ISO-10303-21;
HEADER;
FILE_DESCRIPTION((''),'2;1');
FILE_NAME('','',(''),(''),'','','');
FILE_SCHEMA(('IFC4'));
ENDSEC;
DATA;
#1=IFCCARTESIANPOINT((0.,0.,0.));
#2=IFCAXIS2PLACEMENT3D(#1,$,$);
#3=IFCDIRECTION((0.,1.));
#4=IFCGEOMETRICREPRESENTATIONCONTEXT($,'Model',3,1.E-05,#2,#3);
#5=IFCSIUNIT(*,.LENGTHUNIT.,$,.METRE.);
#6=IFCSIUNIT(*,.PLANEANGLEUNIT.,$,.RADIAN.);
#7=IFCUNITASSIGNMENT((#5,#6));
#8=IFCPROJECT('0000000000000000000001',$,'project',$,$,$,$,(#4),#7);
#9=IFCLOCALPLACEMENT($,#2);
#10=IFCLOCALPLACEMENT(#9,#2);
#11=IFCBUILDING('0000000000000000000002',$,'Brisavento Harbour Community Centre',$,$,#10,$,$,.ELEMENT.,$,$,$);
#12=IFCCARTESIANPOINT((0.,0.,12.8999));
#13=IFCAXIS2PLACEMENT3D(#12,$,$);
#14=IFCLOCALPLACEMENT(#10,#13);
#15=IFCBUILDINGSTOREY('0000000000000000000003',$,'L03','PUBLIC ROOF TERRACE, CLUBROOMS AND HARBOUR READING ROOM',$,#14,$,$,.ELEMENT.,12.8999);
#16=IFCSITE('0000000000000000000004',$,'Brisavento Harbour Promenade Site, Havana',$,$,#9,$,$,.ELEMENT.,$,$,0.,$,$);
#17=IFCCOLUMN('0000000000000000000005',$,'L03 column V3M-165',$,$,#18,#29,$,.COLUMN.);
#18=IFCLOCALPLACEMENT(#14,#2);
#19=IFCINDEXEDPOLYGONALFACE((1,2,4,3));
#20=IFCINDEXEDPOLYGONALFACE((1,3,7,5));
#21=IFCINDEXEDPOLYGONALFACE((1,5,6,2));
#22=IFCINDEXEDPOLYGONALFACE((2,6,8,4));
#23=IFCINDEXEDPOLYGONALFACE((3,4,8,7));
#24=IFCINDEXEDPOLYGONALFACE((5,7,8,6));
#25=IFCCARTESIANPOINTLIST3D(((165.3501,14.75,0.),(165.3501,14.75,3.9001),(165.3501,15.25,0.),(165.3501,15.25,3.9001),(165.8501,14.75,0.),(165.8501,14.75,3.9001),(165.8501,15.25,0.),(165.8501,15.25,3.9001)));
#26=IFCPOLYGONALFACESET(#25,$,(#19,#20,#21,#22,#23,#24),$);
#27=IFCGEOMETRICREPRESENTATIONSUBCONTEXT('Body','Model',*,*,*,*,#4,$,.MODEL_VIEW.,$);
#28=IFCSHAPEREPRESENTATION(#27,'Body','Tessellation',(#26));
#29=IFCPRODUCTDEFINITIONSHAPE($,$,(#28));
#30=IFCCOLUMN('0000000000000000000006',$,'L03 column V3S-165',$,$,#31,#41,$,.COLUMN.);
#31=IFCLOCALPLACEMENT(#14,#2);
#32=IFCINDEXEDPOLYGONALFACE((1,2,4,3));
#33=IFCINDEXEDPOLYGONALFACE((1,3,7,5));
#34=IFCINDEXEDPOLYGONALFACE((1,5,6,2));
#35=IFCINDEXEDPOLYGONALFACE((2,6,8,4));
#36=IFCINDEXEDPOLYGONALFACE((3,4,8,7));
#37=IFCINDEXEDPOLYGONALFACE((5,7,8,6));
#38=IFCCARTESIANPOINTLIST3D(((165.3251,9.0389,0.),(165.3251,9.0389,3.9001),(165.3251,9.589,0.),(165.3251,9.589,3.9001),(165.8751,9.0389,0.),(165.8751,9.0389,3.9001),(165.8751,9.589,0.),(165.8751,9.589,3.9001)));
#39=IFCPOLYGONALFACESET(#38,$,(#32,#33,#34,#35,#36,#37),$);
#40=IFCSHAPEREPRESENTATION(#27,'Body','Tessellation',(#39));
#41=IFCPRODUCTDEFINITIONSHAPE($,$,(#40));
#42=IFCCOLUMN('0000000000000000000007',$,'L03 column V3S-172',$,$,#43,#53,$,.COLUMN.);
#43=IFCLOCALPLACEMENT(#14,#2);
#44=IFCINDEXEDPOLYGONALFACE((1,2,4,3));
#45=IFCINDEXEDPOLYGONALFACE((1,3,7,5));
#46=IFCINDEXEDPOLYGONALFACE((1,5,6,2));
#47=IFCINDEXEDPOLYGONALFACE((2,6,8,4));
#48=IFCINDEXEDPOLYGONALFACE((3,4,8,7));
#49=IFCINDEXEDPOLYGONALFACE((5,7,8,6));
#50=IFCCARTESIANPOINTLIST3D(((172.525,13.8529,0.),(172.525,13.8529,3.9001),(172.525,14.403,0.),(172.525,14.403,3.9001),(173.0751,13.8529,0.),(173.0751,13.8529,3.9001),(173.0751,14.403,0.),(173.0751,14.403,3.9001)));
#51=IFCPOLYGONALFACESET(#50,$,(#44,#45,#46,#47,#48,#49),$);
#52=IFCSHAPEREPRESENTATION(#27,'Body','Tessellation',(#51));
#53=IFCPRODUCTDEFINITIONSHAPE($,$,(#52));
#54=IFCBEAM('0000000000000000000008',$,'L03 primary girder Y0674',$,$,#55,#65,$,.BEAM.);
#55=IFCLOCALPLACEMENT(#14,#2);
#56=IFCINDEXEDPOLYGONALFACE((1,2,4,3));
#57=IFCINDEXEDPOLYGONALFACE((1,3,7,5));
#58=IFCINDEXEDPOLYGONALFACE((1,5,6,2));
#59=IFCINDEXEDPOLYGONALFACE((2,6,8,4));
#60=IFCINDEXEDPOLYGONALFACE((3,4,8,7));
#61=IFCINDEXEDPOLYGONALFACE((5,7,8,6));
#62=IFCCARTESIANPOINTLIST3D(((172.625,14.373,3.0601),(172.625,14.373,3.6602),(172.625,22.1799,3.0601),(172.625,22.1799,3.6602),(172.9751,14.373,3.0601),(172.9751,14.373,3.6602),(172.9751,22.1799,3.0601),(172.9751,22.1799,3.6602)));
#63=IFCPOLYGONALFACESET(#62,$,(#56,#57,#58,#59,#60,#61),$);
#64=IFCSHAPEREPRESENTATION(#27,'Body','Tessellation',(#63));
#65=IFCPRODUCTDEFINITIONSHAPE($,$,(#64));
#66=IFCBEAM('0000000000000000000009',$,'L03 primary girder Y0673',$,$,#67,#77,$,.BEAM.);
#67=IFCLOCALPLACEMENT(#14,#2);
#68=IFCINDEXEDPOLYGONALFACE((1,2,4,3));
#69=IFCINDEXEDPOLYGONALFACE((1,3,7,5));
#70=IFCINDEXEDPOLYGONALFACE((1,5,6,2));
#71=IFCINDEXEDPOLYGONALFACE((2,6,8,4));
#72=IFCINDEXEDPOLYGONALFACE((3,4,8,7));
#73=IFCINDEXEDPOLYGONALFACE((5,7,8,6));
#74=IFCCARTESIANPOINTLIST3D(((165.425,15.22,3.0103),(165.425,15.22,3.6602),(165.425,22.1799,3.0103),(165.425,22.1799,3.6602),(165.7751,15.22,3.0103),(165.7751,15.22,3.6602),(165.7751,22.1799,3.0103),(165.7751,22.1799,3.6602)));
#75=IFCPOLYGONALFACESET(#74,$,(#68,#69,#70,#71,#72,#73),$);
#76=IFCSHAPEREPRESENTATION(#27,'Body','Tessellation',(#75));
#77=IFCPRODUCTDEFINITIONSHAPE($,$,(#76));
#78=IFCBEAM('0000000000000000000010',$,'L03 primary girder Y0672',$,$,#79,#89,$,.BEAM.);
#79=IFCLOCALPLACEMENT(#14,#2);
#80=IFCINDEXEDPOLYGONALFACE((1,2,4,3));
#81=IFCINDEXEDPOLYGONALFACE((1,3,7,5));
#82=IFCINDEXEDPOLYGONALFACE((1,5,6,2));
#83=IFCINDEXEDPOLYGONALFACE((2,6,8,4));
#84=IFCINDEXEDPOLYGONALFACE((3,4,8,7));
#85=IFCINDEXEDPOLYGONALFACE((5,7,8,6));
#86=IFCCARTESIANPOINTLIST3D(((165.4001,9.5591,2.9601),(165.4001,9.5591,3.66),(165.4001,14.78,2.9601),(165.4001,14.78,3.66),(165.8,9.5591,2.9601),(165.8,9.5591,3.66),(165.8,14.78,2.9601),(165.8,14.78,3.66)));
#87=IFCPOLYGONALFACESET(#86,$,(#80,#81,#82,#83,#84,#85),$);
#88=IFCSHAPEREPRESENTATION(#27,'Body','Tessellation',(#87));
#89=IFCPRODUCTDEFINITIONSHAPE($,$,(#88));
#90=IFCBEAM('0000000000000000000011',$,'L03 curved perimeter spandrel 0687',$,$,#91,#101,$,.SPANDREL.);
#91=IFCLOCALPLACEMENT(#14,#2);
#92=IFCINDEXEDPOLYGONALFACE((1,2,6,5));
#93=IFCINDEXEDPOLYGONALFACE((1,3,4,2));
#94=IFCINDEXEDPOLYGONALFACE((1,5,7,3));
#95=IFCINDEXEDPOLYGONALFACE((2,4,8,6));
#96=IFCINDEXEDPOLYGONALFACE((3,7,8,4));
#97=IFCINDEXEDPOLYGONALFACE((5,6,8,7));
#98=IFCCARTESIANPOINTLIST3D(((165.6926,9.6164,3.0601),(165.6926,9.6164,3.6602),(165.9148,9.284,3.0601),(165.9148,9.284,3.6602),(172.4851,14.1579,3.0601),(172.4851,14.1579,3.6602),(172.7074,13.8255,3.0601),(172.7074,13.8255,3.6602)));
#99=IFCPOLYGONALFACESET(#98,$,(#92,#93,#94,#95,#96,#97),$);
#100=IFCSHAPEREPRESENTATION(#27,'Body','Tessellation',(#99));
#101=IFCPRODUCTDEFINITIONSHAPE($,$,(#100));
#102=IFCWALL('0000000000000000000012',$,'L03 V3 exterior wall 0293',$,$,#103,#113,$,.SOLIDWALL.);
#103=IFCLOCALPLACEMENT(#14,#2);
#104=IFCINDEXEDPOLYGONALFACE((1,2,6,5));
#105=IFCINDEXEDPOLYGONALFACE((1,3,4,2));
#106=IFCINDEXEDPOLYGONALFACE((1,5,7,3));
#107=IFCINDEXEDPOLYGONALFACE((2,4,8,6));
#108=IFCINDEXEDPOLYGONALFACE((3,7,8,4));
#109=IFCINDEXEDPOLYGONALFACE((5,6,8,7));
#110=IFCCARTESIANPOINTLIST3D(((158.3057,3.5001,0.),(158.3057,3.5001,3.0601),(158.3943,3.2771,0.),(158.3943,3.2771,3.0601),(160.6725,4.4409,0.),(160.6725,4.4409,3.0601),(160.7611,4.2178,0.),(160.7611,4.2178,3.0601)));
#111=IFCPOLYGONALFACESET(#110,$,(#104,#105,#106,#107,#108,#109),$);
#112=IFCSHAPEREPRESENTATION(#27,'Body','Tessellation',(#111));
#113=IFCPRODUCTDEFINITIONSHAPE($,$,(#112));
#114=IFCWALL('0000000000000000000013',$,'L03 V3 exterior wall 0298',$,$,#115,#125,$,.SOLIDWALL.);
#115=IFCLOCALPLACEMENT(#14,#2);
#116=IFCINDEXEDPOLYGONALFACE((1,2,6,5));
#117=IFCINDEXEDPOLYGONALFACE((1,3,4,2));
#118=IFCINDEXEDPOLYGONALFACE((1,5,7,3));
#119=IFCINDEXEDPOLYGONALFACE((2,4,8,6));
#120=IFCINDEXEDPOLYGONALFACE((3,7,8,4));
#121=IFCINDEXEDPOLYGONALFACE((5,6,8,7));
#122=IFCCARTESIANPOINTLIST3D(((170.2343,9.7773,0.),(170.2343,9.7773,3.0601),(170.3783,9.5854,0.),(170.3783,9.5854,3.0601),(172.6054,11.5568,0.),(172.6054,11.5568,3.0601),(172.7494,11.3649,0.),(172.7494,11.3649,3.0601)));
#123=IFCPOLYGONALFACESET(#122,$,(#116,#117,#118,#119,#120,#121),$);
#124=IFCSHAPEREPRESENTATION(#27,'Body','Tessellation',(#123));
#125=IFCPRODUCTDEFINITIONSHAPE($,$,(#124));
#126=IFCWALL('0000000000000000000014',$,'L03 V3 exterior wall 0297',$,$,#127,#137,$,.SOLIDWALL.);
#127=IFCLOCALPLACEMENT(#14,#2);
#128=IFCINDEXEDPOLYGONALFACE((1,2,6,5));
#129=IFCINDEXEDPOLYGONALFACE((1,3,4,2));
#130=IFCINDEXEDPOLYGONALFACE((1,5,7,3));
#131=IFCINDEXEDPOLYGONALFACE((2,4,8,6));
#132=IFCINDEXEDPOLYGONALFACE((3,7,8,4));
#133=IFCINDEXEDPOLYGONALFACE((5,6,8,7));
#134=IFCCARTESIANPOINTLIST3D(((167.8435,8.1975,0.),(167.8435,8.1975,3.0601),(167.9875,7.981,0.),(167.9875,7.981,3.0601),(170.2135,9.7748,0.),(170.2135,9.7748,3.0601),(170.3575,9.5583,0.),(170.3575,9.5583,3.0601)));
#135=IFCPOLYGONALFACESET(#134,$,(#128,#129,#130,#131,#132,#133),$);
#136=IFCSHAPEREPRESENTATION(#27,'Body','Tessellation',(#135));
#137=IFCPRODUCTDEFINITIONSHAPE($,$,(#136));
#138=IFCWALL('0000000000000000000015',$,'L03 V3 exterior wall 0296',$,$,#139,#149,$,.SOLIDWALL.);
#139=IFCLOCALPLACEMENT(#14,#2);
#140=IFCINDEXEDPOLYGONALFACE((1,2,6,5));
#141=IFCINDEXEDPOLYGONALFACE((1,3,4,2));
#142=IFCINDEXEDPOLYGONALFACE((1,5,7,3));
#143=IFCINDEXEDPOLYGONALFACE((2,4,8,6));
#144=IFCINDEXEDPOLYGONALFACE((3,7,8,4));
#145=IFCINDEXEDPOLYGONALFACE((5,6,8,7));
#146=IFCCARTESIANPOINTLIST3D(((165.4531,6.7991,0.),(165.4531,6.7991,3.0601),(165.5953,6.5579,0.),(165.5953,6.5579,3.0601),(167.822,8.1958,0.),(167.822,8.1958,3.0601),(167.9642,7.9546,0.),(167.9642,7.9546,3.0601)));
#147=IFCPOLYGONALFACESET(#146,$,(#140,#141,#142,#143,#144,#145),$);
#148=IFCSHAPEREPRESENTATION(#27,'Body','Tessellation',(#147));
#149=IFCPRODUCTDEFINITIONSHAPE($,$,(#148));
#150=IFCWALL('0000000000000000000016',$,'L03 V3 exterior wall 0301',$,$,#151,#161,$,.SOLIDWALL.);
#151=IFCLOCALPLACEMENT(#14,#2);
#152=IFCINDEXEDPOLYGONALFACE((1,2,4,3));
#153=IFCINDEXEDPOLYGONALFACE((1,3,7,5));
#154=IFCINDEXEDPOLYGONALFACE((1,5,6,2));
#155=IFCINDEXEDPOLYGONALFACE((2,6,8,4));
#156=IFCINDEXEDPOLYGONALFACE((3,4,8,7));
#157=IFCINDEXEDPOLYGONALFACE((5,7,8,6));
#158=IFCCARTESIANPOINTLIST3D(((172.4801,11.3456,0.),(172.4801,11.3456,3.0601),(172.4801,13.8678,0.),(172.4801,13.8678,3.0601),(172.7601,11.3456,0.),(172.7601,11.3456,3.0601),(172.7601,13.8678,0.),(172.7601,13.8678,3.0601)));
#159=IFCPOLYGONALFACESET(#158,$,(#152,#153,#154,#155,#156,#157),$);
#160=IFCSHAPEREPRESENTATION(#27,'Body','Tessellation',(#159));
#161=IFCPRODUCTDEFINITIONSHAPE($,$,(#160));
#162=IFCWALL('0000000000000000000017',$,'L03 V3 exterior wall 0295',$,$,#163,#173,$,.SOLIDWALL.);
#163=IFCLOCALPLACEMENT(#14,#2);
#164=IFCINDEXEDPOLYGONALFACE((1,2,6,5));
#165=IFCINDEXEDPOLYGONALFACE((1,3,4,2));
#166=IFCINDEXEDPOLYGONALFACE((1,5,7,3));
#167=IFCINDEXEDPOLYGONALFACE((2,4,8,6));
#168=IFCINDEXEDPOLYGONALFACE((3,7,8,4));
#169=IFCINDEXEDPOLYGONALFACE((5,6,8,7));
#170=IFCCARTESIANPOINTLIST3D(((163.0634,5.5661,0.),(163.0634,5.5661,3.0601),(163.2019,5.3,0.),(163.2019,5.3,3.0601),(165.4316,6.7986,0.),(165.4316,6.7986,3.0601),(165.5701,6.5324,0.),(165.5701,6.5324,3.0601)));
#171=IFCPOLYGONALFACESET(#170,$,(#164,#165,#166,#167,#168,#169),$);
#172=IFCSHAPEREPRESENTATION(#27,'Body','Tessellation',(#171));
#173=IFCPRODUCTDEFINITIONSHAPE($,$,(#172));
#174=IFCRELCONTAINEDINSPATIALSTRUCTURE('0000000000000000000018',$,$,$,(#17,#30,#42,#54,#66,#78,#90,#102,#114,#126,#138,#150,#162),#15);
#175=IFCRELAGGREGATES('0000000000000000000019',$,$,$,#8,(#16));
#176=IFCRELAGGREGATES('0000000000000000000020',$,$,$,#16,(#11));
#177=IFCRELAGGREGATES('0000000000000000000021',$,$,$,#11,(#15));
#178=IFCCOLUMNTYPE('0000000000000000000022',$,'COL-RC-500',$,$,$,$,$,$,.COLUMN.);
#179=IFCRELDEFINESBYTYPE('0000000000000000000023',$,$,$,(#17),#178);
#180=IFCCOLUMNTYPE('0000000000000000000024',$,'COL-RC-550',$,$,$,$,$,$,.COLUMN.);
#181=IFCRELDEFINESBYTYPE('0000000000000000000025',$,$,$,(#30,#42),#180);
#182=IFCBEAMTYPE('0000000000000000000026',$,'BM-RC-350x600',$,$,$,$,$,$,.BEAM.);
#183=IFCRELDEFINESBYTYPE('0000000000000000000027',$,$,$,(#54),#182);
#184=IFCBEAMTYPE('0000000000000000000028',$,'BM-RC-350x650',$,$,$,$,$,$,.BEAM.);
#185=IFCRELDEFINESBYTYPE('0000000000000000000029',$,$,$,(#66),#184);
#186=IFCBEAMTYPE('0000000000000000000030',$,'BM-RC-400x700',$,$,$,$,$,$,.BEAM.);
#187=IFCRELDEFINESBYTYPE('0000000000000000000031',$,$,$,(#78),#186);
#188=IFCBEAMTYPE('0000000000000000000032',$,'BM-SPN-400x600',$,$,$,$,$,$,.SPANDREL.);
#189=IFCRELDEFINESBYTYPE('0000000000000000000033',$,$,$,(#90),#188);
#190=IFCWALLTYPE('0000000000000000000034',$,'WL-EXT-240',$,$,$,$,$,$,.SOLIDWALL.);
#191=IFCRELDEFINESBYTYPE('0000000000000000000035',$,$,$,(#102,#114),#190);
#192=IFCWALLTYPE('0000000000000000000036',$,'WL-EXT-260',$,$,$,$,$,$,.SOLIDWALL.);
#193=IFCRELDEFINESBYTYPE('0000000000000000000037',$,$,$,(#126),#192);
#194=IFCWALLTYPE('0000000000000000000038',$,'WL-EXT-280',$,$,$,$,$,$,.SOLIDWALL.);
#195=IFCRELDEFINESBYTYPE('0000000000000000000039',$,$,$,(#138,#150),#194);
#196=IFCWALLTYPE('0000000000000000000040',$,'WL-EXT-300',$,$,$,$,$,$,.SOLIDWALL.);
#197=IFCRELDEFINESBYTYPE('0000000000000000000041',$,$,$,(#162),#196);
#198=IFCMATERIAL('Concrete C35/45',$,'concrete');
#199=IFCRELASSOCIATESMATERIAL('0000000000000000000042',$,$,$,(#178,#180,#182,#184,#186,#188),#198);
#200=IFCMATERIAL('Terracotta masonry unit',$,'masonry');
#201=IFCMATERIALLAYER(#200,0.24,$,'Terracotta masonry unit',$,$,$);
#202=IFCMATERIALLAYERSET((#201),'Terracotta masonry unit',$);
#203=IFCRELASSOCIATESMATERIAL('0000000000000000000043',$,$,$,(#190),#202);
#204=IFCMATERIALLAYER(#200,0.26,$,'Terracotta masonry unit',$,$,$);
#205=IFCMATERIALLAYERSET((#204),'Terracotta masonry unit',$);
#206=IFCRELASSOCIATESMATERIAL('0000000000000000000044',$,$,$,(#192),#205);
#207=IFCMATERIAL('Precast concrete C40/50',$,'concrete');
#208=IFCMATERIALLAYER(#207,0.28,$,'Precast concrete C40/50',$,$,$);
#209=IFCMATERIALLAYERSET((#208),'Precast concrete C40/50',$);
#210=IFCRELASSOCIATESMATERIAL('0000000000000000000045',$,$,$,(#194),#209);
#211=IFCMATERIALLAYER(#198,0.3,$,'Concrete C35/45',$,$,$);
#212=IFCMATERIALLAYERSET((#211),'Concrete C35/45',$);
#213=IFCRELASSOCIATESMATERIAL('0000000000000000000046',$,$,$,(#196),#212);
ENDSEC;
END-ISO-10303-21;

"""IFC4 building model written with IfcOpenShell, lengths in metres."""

from ifc_helpers import new_model, si_unit, direction, frame, frame_2d, origin, origin_2d, place, context, subcontext, project, spatial, rectangle, extrude, material, layer, layer_set, material_profile, profile_set, type_object, element, save


model = new_model("IFC4")

# Units and contexts
model_context = context("Model", 3, precision=1e-05, world=origin(), true_north=direction((0.0, 1.0)))
body_context = subcontext(model_context, "Body", "Model", "MODEL_VIEW")
ifc_project = project(units=[si_unit("LENGTHUNIT", "METRE"), si_unit("PLANEANGLEUNIT", "RADIAN")], contexts=[model_context])

# Site, building, storey
site_placement = place(None, origin())
site = spatial("IfcSite", under=ifc_project, at=site_placement, Name="Brisavento Harbour Promenade Site, Havana", CompositionType="ELEMENT", RefElevation=0.0)
building_placement = place(site_placement, origin())
building = spatial("IfcBuilding", under=site, at=building_placement, Name="Brisavento Harbour Community Centre", CompositionType="ELEMENT")
storey_placement = place(building_placement, frame((0.0, 0.0, 12.8999)))
storey = spatial("IfcBuildingStorey", under=building, at=storey_placement, Name="L03", Description="PUBLIC ROOF TERRACE, CLUBROOMS AND HARBOUR READING ROOM", CompositionType="ELEMENT", Elevation=12.8999)

# Columns
ifc_material_1 = material(Name="Concrete C35/45", Category="concrete")
ifc_material_profile_1 = material_profile(ifc_material_1, rectangle(XDim=0.5, YDim=0.5, at=origin_2d()), Name="Concrete C35/45")
ifc_profile_set_1 = profile_set([ifc_material_profile_1], Name="Concrete C35/45")
column_type_1 = type_object("IfcColumnType", Name="COL-RC-500", PredefinedType="COLUMN", material=ifc_profile_set_1)
column_placement = place(storey_placement, frame((165.6001, 15.0, 0.0), z_axis=(0.0, 0.0, 1.0), x_axis=(1.0, 0.0, 0.0)))
element("IfcColumn", 1, at=column_placement, inside=storey, type_object=column_type_1, Name="L03 column V3M-165", PredefinedType="COLUMN", context=body_context, shape_type="SweptSolid", body=[
    extrude(rectangle(XDim=0.5, YDim=0.5, at=origin_2d()), origin(), (0.0, 0.0, 1.0), 3.9001),
])
ifc_material_profile_2 = material_profile(ifc_material_1, rectangle(XDim=0.55, YDim=0.55, at=origin_2d()), Name="Concrete C35/45")
ifc_profile_set_2 = profile_set([ifc_material_profile_2], Name="Concrete C35/45")
column_type_2 = type_object("IfcColumnType", Name="COL-RC-550", PredefinedType="COLUMN", material=ifc_profile_set_2)
for number, where, z_axis, x_axis, name in (
    (2, (165.6001, 9.314, 0.0), (0.0, 0.0, 1.0), (1.0, 0.0, 0.0), "L03 column V3S-165"),
    (3, (172.8, 14.1279, 0.0), (0.0, 0.0, 1.0), (1.0, 0.0, 0.0), "L03 column V3S-172"),
):
    element("IfcColumn", number, at=place(storey_placement, frame(where, z_axis=z_axis, x_axis=x_axis)), inside=storey, type_object=column_type_2, Name=name, PredefinedType="COLUMN", context=body_context, shape_type="SweptSolid", body=[
        extrude(rectangle(XDim=0.55, YDim=0.55, at=origin_2d()), origin(), (0.0, 0.0, 1.0), 3.9001),
    ])

# Beams
ifc_material_profile_3 = material_profile(ifc_material_1, rectangle(XDim=0.3501, YDim=0.6001, at=origin_2d()), Name="Concrete C35/45")
ifc_profile_set_3 = profile_set([ifc_material_profile_3], Name="Concrete C35/45")
beam_type_1 = type_object("IfcBeamType", Name="BM-RC-350x600", PredefinedType="BEAM", material=ifc_profile_set_3)
beam_1_placement = place(storey_placement, frame((172.8, 14.373, 3.3601), z_axis=(0.0, 1.0, 0.0), x_axis=(-1.0, 0.0, 0.0)))
element("IfcBeam", 4, at=beam_1_placement, inside=storey, type_object=beam_type_1, Name="L03 primary girder Y0674", PredefinedType="BEAM", context=body_context, shape_type="SweptSolid", body=[
    extrude(rectangle(XDim=0.3501, YDim=0.6001, at=origin_2d()), origin(), (0.0, 0.0, 1.0), 7.8069),
])
ifc_material_profile_4 = material_profile(ifc_material_1, rectangle(XDim=0.3501, YDim=0.6499, at=origin_2d()), Name="Concrete C35/45")
ifc_profile_set_4 = profile_set([ifc_material_profile_4], Name="Concrete C35/45")
beam_type_2 = type_object("IfcBeamType", Name="BM-RC-350x650", PredefinedType="BEAM", material=ifc_profile_set_4)
beam_2_placement = place(storey_placement, frame((165.6001, 15.22, 3.3352), z_axis=(0.0, 1.0, 0.0), x_axis=(-1.0, 0.0, 0.0)))
element("IfcBeam", 5, at=beam_2_placement, inside=storey, type_object=beam_type_2, Name="L03 primary girder Y0673", PredefinedType="BEAM", context=body_context, shape_type="SweptSolid", body=[
    extrude(rectangle(XDim=0.3501, YDim=0.6499, at=origin_2d()), origin(), (0.0, 0.0, 1.0), 6.96),
])
ifc_material_profile_5 = material_profile(ifc_material_1, rectangle(XDim=0.3999, YDim=0.7, at=origin_2d()), Name="Concrete C35/45")
ifc_profile_set_5 = profile_set([ifc_material_profile_5], Name="Concrete C35/45")
beam_type_3 = type_object("IfcBeamType", Name="BM-RC-400x700", PredefinedType="BEAM", material=ifc_profile_set_5)
beam_3_placement = place(storey_placement, frame((165.6001, 9.5591, 3.3101), z_axis=(0.0, 1.0, 0.0), x_axis=(-1.0, 0.0, 0.0)))
element("IfcBeam", 6, at=beam_3_placement, inside=storey, type_object=beam_type_3, Name="L03 primary girder Y0672", PredefinedType="BEAM", context=body_context, shape_type="SweptSolid", body=[
    extrude(rectangle(XDim=0.3999, YDim=0.7, at=origin_2d()), origin(), (0.0, 0.0, 1.0), 5.2209),
])
ifc_material_profile_6 = material_profile(ifc_material_1, rectangle(XDim=0.3999, YDim=0.6001, at=origin_2d()), Name="Concrete C35/45")
ifc_profile_set_6 = profile_set([ifc_material_profile_6], Name="Concrete C35/45")
beam_type_4 = type_object("IfcBeamType", Name="BM-SPN-400x600", PredefinedType="SPANDREL", material=ifc_profile_set_6)
beam_4_placement = place(storey_placement, frame((165.8037, 9.4502, 3.3601), z_axis=(0.831305, 0.555817, 0.0), x_axis=(-0.555817, 0.831305, 0.0)))
element("IfcBeam", 7, at=beam_4_placement, inside=storey, type_object=beam_type_4, Name="L03 curved perimeter spandrel 0687", PredefinedType="SPANDREL", context=body_context, shape_type="SweptSolid", body=[
    extrude(rectangle(XDim=0.3999, YDim=0.6001, at=origin_2d()), origin(), (0.0, 0.0, 1.0), 8.1709),
])

# Walls
ifc_material_2 = material(Name="Terracotta masonry unit", Category="masonry")
ifc_layer_1 = layer(ifc_material_2, 0.24, Name="Terracotta masonry unit")
ifc_layer_set_1 = layer_set([ifc_layer_1], Name="Terracotta masonry unit")
wall_type_1 = type_object("IfcWallType", Name="WL-EXT-240", PredefinedType="SOLIDWALL", material=ifc_layer_set_1)
wall_1_placement = place(storey_placement, frame((160.7168, 4.3293, 0.0), z_axis=(0.0, 0.0, 1.0), x_axis=(-0.929288, -0.369357, 0.0)))
element("IfcWall", 8, at=wall_1_placement, inside=storey, type_object=wall_type_1, Name="L03 V3 exterior wall 0293", PredefinedType="SOLIDWALL", context=body_context, shape_type="SweptSolid", body=[
    extrude(rectangle(XDim=2.5469, YDim=0.24, at=frame_2d((1.2734, 0.0))), origin(), (0.0, 0.0, 1.0), 3.0601),
])
wall_2_placement = place(storey_placement, frame((172.6775, 11.4609, 0.0), z_axis=(0.0, 0.0, 1.0), x_axis=(-0.799802, -0.600263, 0.0)))
element("IfcWall", 9, at=wall_2_placement, inside=storey, type_object=wall_type_1, Name="L03 V3 exterior wall 0298", PredefinedType="SOLIDWALL", context=body_context, shape_type="SweptSolid", body=[
    extrude(rectangle(XDim=2.9646, YDim=0.24, at=frame_2d((1.4824, 0.0))), origin(), (0.0, 0.0, 1.0), 3.0601),
])
ifc_layer_2 = layer(ifc_material_2, 0.26, Name="Terracotta masonry unit")
ifc_layer_set_2 = layer_set([ifc_layer_2], Name="Terracotta masonry unit")
wall_type_2 = type_object("IfcWallType", Name="WL-EXT-260", PredefinedType="SOLIDWALL", material=ifc_layer_set_2)
wall_3_placement = place(storey_placement, frame((170.2854, 9.6665, 0.0), z_axis=(0.0, 0.0, 1.0), x_axis=(-0.832485, -0.554047, 0.0)))
element("IfcWall", 10, at=wall_3_placement, inside=storey, type_object=wall_type_2, Name="L03 V3 exterior wall 0297", PredefinedType="SOLIDWALL", context=body_context, shape_type="SweptSolid", body=[
    extrude(rectangle(XDim=2.8469, YDim=0.26, at=frame_2d((1.4233, 0.0))), origin(), (0.0, 0.0, 1.0), 3.0601),
])
ifc_material_3 = material(Name="Precast concrete C40/50", Category="concrete")
ifc_layer_3 = layer(ifc_material_3, 0.28, Name="Precast concrete C40/50")
ifc_layer_set_3 = layer_set([ifc_layer_3], Name="Precast concrete C40/50")
wall_type_3 = type_object("IfcWallType", Name="WL-EXT-280", PredefinedType="SOLIDWALL", material=ifc_layer_set_3)
wall_4_placement = place(storey_placement, frame((167.8931, 8.0752, 0.0), z_axis=(0.0, 0.0, 1.0), x_axis=(-0.861416, -0.507901, 0.0)))
element("IfcWall", 11, at=wall_4_placement, inside=storey, type_object=wall_type_3, Name="L03 V3 exterior wall 0296", PredefinedType="SOLIDWALL", context=body_context, shape_type="SweptSolid", body=[
    extrude(rectangle(XDim=2.75, YDim=0.28, at=frame_2d((1.375, 0.0))), origin(), (0.0, 0.0, 1.0), 3.0601),
])
wall_5_placement = place(storey_placement, frame((172.6201, 13.8679, 0.0), z_axis=(0.0, 0.0, 1.0), x_axis=(0.0, -1.0, 0.0)))
element("IfcWall", 12, at=wall_5_placement, inside=storey, type_object=wall_type_3, Name="L03 V3 exterior wall 0301", PredefinedType="SOLIDWALL", context=body_context, shape_type="SweptSolid", body=[
    extrude(rectangle(XDim=2.5222, YDim=0.28, at=frame_2d((1.2612, 0.0))), origin(), (0.0, 0.0, 1.0), 3.0601),
])
ifc_layer_4 = layer(ifc_material_1, 0.3, Name="Concrete C35/45")
ifc_layer_set_4 = layer_set([ifc_layer_4], Name="Concrete C35/45")
wall_type_4 = type_object("IfcWallType", Name="WL-EXT-300", PredefinedType="SOLIDWALL", material=ifc_layer_set_4)
wall_6_placement = place(storey_placement, frame((165.501, 6.6655, 0.0), z_axis=(0.0, 0.0, 1.0), x_axis=(-0.887067, -0.461641, 0.0)))
element("IfcWall", 13, at=wall_6_placement, inside=storey, type_object=wall_type_4, Name="L03 V3 exterior wall 0295", PredefinedType="SOLIDWALL", context=body_context, shape_type="SweptSolid", body=[
    extrude(rectangle(XDim=2.6697, YDim=0.3, at=frame_2d((1.335, 0.0))), origin(), (0.0, 0.0, 1.0), 3.0601),
])

save(model, "model.ifc")
